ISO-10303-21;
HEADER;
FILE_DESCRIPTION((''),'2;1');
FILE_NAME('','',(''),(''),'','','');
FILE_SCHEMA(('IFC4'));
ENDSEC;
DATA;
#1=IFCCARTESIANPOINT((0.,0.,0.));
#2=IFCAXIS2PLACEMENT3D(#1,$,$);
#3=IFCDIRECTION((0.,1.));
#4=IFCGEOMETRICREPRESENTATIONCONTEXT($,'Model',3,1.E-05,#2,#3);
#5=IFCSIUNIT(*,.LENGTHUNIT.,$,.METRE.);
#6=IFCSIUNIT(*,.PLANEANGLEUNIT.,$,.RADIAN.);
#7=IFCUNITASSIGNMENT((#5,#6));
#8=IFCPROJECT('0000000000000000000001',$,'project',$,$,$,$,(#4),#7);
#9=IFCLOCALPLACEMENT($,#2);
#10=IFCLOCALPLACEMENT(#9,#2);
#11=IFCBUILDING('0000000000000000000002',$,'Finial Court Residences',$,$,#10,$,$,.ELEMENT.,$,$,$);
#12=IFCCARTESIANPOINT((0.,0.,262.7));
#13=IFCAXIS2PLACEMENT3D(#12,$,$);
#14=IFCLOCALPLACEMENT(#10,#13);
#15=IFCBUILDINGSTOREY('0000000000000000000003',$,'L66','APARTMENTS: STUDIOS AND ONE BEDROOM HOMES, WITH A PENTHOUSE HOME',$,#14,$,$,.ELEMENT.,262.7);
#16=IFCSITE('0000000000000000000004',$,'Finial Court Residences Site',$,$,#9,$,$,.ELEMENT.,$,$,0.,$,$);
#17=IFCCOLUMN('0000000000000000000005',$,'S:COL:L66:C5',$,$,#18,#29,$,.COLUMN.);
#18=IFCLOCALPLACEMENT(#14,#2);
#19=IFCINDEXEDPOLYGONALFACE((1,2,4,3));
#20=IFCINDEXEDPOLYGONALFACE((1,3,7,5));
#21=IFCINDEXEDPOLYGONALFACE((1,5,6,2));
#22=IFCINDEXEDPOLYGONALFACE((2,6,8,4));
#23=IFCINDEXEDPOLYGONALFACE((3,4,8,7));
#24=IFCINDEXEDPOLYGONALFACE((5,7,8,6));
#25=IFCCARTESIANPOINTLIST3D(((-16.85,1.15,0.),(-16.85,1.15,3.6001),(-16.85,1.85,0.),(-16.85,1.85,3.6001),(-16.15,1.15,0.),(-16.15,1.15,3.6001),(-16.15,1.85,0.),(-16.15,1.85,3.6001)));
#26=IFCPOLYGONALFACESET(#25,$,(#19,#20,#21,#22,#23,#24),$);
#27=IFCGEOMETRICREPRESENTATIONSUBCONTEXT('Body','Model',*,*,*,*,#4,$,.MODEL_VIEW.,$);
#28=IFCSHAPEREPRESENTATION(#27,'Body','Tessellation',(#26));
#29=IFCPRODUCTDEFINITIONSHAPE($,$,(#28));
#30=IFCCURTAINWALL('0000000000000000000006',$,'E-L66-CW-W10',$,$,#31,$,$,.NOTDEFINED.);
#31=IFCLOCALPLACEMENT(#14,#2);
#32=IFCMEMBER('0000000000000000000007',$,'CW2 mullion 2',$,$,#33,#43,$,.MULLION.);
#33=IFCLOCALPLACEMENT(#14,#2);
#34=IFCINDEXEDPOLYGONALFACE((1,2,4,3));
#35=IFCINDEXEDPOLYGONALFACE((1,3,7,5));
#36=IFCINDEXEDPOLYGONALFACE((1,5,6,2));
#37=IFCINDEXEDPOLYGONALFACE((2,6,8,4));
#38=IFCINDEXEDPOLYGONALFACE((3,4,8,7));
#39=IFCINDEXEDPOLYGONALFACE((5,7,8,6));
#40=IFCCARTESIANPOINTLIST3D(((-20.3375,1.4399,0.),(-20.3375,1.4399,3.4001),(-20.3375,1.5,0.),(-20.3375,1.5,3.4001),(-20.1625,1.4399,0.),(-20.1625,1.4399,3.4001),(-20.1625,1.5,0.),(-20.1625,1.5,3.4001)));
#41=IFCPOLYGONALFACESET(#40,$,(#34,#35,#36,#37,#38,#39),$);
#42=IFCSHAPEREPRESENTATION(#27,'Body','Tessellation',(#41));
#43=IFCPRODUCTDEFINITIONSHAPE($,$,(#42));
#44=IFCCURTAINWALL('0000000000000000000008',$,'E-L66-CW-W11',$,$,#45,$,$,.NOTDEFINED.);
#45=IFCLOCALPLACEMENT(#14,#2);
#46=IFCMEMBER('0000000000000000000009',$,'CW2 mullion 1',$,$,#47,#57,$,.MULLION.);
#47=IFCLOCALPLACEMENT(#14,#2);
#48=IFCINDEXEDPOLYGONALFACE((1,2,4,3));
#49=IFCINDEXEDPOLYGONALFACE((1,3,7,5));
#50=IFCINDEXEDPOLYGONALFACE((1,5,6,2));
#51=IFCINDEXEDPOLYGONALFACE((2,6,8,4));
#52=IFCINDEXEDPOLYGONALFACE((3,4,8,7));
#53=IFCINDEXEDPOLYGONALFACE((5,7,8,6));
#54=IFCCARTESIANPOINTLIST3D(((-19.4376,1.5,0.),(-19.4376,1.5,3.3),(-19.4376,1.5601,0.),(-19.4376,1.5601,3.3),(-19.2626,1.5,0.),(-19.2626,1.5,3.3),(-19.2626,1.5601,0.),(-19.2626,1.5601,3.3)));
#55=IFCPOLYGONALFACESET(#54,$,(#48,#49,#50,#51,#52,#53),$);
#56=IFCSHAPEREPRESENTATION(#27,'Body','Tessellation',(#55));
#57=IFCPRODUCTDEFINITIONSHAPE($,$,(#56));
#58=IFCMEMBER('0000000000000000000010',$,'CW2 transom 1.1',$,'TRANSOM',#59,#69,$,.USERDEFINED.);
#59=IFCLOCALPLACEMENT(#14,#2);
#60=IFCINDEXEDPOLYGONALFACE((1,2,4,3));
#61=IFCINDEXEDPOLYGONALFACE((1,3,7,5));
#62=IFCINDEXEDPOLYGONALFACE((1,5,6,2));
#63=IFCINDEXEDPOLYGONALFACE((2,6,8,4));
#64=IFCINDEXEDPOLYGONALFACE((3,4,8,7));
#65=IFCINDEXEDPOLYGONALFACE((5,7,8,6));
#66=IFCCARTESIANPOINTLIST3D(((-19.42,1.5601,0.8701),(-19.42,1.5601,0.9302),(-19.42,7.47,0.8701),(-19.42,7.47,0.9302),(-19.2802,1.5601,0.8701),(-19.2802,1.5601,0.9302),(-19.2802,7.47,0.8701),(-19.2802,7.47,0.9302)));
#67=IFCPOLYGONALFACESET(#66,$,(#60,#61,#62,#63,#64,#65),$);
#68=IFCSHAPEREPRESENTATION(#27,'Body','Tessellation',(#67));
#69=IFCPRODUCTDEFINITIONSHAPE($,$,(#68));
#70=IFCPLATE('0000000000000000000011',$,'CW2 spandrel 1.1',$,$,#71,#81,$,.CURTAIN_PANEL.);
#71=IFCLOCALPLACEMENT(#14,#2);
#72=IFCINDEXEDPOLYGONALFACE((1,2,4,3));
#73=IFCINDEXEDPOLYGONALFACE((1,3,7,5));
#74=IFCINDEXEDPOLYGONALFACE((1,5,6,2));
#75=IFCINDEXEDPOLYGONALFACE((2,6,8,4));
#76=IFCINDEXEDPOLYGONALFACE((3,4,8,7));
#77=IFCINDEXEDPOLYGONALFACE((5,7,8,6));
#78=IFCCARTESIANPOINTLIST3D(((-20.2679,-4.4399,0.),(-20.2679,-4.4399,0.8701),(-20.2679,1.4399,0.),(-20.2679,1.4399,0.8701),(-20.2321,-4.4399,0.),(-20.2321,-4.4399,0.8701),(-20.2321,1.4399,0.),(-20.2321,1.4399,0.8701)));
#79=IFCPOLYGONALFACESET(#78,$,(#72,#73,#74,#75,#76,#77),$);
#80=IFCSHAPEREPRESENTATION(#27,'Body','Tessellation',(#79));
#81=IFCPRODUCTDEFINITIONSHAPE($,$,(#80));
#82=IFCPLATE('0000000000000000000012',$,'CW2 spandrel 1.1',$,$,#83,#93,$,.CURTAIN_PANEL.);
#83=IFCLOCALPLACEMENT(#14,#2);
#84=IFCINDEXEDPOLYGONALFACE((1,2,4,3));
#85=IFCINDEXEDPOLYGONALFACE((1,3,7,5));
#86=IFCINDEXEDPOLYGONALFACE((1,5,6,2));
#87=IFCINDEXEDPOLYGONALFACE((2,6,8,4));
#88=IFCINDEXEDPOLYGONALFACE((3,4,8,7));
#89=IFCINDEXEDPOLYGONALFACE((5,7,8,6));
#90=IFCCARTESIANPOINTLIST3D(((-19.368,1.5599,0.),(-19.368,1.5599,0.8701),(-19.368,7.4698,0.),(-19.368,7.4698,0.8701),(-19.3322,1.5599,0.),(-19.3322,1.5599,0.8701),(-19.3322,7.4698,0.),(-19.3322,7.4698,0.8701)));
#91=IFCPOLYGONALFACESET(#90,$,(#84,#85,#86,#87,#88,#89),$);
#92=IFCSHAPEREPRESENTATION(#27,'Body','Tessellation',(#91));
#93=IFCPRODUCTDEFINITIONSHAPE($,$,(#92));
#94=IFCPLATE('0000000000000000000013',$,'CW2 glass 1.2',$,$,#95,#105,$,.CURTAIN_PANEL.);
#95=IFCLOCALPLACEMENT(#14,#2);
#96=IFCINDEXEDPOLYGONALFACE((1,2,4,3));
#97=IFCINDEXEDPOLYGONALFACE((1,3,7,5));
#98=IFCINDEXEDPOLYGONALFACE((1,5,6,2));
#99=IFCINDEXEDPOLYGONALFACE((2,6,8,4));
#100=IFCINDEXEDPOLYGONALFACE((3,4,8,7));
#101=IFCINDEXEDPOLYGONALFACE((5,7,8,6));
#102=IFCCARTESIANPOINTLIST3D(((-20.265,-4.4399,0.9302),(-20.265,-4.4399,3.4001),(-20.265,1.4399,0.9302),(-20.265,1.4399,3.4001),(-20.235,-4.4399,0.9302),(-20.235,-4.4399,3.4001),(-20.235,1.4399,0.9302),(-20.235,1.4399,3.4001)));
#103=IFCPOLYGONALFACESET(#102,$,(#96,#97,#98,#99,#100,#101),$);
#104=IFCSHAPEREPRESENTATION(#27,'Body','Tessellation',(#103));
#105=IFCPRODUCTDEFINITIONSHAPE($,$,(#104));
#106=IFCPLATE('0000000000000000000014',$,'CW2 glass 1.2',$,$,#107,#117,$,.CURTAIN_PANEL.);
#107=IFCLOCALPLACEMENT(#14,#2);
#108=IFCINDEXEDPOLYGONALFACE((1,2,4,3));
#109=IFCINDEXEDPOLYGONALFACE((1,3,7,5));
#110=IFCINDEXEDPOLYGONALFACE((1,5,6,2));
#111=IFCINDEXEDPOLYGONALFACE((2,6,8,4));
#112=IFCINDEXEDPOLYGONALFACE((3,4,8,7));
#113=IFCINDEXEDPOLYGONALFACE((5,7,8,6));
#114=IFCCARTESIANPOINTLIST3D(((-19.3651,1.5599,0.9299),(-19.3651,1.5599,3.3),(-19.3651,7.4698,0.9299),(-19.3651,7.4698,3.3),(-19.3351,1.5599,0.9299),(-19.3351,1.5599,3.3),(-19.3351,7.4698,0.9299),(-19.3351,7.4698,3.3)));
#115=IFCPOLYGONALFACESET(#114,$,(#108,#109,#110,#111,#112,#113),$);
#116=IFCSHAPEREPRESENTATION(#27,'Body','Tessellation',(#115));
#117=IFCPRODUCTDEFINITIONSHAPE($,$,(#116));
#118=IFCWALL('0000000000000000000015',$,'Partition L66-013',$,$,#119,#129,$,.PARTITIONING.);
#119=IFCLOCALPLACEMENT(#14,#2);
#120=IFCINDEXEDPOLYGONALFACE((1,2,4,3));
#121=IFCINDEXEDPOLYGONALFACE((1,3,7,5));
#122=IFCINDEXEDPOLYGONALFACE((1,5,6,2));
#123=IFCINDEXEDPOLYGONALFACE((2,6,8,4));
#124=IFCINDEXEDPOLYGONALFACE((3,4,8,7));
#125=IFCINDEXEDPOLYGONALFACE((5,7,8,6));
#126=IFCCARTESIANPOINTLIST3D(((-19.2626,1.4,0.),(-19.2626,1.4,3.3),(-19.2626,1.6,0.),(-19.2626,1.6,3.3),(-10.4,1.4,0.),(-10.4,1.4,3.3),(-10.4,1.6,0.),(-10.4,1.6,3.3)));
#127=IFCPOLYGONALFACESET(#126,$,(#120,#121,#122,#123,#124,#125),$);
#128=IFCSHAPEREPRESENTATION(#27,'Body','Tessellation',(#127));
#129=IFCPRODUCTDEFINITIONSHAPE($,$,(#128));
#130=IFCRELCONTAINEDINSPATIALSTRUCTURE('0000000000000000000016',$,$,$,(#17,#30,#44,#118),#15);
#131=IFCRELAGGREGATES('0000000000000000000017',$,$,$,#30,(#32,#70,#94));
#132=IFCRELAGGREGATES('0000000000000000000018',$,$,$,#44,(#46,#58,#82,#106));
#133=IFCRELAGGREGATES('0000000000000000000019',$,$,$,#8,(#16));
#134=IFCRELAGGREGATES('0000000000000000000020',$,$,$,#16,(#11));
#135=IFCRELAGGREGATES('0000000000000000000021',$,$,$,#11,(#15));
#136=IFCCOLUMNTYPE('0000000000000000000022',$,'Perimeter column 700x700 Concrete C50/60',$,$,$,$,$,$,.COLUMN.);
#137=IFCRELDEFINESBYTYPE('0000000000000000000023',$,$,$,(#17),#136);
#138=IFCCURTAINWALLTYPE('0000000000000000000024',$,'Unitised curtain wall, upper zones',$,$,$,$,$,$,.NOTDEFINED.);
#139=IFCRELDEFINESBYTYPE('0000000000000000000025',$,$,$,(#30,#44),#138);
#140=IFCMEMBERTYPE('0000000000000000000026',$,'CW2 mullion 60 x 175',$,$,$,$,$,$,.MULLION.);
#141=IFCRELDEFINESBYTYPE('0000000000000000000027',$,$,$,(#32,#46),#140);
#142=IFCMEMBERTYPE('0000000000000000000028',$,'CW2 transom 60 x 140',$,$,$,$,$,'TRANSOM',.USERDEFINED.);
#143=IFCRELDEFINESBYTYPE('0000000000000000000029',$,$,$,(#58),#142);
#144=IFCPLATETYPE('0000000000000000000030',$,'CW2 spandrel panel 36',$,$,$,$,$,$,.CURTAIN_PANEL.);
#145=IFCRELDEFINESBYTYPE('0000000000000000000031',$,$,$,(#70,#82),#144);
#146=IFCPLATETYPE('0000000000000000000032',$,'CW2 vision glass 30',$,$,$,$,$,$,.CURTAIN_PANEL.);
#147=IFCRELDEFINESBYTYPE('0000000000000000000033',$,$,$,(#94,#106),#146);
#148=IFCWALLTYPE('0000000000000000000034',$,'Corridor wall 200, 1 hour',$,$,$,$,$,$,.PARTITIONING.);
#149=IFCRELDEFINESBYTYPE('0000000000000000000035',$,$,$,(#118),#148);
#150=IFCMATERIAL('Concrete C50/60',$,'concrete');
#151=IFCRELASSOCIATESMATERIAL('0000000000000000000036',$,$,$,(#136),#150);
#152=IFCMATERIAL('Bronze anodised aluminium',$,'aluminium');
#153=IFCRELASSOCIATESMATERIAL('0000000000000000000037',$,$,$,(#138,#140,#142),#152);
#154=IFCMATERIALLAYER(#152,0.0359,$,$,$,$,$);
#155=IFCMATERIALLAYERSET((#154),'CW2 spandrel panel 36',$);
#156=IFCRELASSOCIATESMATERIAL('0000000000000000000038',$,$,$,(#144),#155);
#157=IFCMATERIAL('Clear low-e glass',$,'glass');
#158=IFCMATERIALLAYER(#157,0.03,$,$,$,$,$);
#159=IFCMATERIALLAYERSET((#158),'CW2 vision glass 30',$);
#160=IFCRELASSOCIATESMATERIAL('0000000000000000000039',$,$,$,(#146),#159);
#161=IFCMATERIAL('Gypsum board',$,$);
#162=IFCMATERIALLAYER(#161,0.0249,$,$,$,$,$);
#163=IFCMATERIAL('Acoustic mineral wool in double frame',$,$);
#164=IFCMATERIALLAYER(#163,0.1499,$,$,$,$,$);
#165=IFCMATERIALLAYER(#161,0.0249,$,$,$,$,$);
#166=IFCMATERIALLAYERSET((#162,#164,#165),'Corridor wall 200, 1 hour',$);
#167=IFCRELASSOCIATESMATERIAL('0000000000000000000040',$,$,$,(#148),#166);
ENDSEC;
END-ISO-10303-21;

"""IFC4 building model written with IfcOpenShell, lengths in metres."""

from ifc_helpers import new_model, si_unit, direction, frame, frame_2d, origin, origin_2d, place, context, subcontext, project, spatial, rectangle, extrude, material, layer, layer_set, material_profile, profile_set, type_object, element, aggregate, save


model = new_model("IFC4")

# Units and contexts
model_context = context("Model", 3, precision=1e-05, world=origin(), true_north=direction((0.0, 1.0)))
body_context = subcontext(model_context, "Body", "Model", "MODEL_VIEW")
ifc_project = project(units=[si_unit("LENGTHUNIT", "METRE"), si_unit("PLANEANGLEUNIT", "RADIAN")], contexts=[model_context])

# Site, building, storey
site_placement = place(None, origin())
site = spatial("IfcSite", under=ifc_project, at=site_placement, Name="Finial Court Residences Site", CompositionType="ELEMENT", RefElevation=0.0)
building_placement = place(site_placement, origin())
building = spatial("IfcBuilding", under=site, at=building_placement, Name="Finial Court Residences", CompositionType="ELEMENT")
storey_placement = place(building_placement, frame((0.0, 0.0, 262.7)))
storey = spatial("IfcBuildingStorey", under=building, at=storey_placement, Name="L66", Description="APARTMENTS: STUDIOS AND ONE BEDROOM HOMES, WITH A PENTHOUSE HOME", CompositionType="ELEMENT", Elevation=262.7)

# Column
ifc_material_1 = material(Name="Concrete C50/60", Category="concrete")
ifc_material_profile_1 = material_profile(ifc_material_1, rectangle(XDim=0.7, YDim=0.7, at=origin_2d()), Name="700x700")
ifc_profile_set_1 = profile_set([ifc_material_profile_1], Name="Concrete C50/60")
column_type = type_object("IfcColumnType", Name="Perimeter column 700x700 Concrete C50/60", PredefinedType="COLUMN", material=ifc_profile_set_1)
column_placement = place(storey_placement, frame((-16.5, 1.5, 0.0), z_axis=(0.0, 0.0, 1.0), x_axis=(1.0, 0.0, 0.0)))
element("IfcColumn", 1, at=column_placement, inside=storey, type_object=column_type, Name="S:COL:L66:C5", PredefinedType="COLUMN", context=body_context, shape_type="SweptSolid", body=[
    extrude(rectangle(XDim=0.7, YDim=0.7, at=origin_2d()), origin(), (0.0, 0.0, 1.0), 3.6001),
])

# Curtain wall, member
ifc_material_2 = material(Name="Bronze anodised aluminium", Category="aluminium")
curtain_wall_type = type_object("IfcCurtainWallType", Name="Unitised curtain wall, upper zones", PredefinedType="NOTDEFINED", material=ifc_material_2)
curtain_wall_1_placement = place(storey_placement, origin())
curtain_wall_1 = element("IfcCurtainWall", 2, at=curtain_wall_1_placement, inside=storey, type_object=curtain_wall_type, Name="E-L66-CW-W10", PredefinedType="NOTDEFINED")
ifc_material_profile_2 = material_profile(ifc_material_2, rectangle(XDim=0.175, YDim=0.0601, at=origin_2d()), Name="CW2 mullion 60 x 175")
ifc_profile_set_2 = profile_set([ifc_material_profile_2], Name="Bronze anodised aluminium")
member_type_1 = type_object("IfcMemberType", Name="CW2 mullion 60 x 175", PredefinedType="MULLION", material=ifc_profile_set_2)
member_1_placement = place(storey_placement, frame((-20.25, 1.47, 0.0), z_axis=(0.0, 0.0, 1.0), x_axis=(-1.0, 0.0, 0.0)))
member_1 = element("IfcMember", 3, at=member_1_placement, type_object=member_type_1, Name="CW2 mullion 2", PredefinedType="MULLION", context=body_context, shape_type="SweptSolid", body=[
    extrude(rectangle(XDim=0.175, YDim=0.0601, at=origin_2d()), origin(), (0.0, 0.0, 1.0), 3.4001),
])

# Curtain wall, members
curtain_wall_2_placement = place(storey_placement, origin())
curtain_wall_2 = element("IfcCurtainWall", 4, at=curtain_wall_2_placement, inside=storey, type_object=curtain_wall_type, Name="E-L66-CW-W11", PredefinedType="NOTDEFINED")
member_2_placement = place(storey_placement, frame((-19.3501, 1.53, 0.0), z_axis=(0.0, 0.0, 1.0), x_axis=(-1.0, 0.0, 0.0)))
member_2 = element("IfcMember", 5, at=member_2_placement, type_object=member_type_1, Name="CW2 mullion 1", PredefinedType="MULLION", context=body_context, shape_type="SweptSolid", body=[
    extrude(rectangle(XDim=0.175, YDim=0.0601, at=origin_2d()), origin(), (0.0, 0.0, 1.0), 3.3),
])
ifc_material_profile_3 = material_profile(ifc_material_2, rectangle(XDim=0.1399, YDim=0.0601, at=origin_2d()), Name="CW2 transom 60 x 140")
ifc_profile_set_3 = profile_set([ifc_material_profile_3], Name="Bronze anodised aluminium")
member_type_2 = type_object("IfcMemberType", Name="CW2 transom 60 x 140", ElementType="TRANSOM", PredefinedType="USERDEFINED", material=ifc_profile_set_3)
member_3_placement = place(storey_placement, frame((-19.3501, 1.5601, 0.9001), z_axis=(0.0, 1.0, 0.0), x_axis=(-1.0, 0.0, 0.0)))
member_3 = element("IfcMember", 6, at=member_3_placement, type_object=member_type_2, Name="CW2 transom 1.1", ObjectType="TRANSOM", PredefinedType="USERDEFINED", context=body_context, shape_type="SweptSolid", body=[
    extrude(rectangle(XDim=0.1399, YDim=0.0601, at=origin_2d()), origin(), (0.0, 0.0, 1.0), 5.9099),
])

# Plates
ifc_layer_1 = layer(ifc_material_2, 0.0359)
ifc_layer_set_1 = layer_set([ifc_layer_1], Name="CW2 spandrel panel 36")
plate_type_1 = type_object("IfcPlateType", Name="CW2 spandrel panel 36", PredefinedType="CURTAIN_PANEL", material=ifc_layer_set_1)
plate_1_placement = place(storey_placement, frame((-20.25, -1.5, 0.0), z_axis=(0.0, 0.0, 1.0), x_axis=(0.0, 1.0, 0.0)))
plate_1 = element("IfcPlate", 7, at=plate_1_placement, type_object=plate_type_1, Name="CW2 spandrel 1.1", PredefinedType="CURTAIN_PANEL", context=body_context, shape_type="SweptSolid", body=[
    extrude(rectangle(XDim=5.8799, YDim=0.0359, at=origin_2d()), origin(), (0.0, 0.0, 1.0), 0.8701),
])
plate_2_placement = place(storey_placement, frame((-19.3501, 4.5149, 0.0), z_axis=(0.0, 0.0, 1.0), x_axis=(0.0, 1.0, 0.0)))
plate_2 = element("IfcPlate", 8, at=plate_2_placement, type_object=plate_type_1, Name="CW2 spandrel 1.1", PredefinedType="CURTAIN_PANEL", context=body_context, shape_type="SweptSolid", body=[
    extrude(rectangle(XDim=5.9099, YDim=0.0359, at=origin_2d()), origin(), (0.0, 0.0, 1.0), 0.8701),
])
ifc_material_3 = material(Name="Clear low-e glass", Category="glass")
ifc_layer_2 = layer(ifc_material_3, 0.03)
ifc_layer_set_2 = layer_set([ifc_layer_2], Name="CW2 vision glass 30")
plate_type_2 = type_object("IfcPlateType", Name="CW2 vision glass 30", PredefinedType="CURTAIN_PANEL", material=ifc_layer_set_2)
plate_3_placement = place(storey_placement, frame((-20.25, -1.5, 0.9302), z_axis=(0.0, 0.0, 1.0), x_axis=(0.0, 1.0, 0.0)))
plate_3 = element("IfcPlate", 9, at=plate_3_placement, type_object=plate_type_2, Name="CW2 glass 1.2", PredefinedType="CURTAIN_PANEL", context=body_context, shape_type="SweptSolid", body=[
    extrude(rectangle(XDim=5.8799, YDim=0.03, at=origin_2d()), origin(), (0.0, 0.0, 1.0), 2.47),
])
aggregate(curtain_wall_1, [member_1, plate_1, plate_3])
plate_4_placement = place(storey_placement, frame((-19.3501, 4.5149, 0.9299), z_axis=(0.0, 0.0, 1.0), x_axis=(0.0, 1.0, 0.0)))
plate_4 = element("IfcPlate", 10, at=plate_4_placement, type_object=plate_type_2, Name="CW2 glass 1.2", PredefinedType="CURTAIN_PANEL", context=body_context, shape_type="SweptSolid", body=[
    extrude(rectangle(XDim=5.9099, YDim=0.03, at=origin_2d()), origin(), (0.0, 0.0, 1.0), 2.3701),
])
aggregate(curtain_wall_2, [member_2, member_3, plate_2, plate_4])

# Wall
ifc_material_4 = material(Name="Gypsum board")
ifc_layer_3 = layer(ifc_material_4, 0.0249)
ifc_material_5 = material(Name="Acoustic mineral wool in double frame")
ifc_layer_4 = layer(ifc_material_5, 0.1499)
ifc_layer_5 = layer(ifc_material_4, 0.0249)
ifc_layer_set_3 = layer_set([ifc_layer_3, ifc_layer_4, ifc_layer_5], Name="Corridor wall 200, 1 hour")
wall_type_1 = type_object("IfcWallType", Name="Corridor wall 200, 1 hour", PredefinedType="PARTITIONING", material=ifc_layer_set_3)
wall_1_placement = place(storey_placement, frame((-19.2625, 1.5, 0.0), z_axis=(0.0, 0.0, 1.0), x_axis=(1.0, 0.0, 0.0)))
element("IfcWall", 11, at=wall_1_placement, inside=storey, type_object=wall_type_1, Name="Partition L66-013", PredefinedType="PARTITIONING", context=body_context, shape_type="SweptSolid", body=[
    extrude(rectangle(XDim=8.8625, YDim=0.2, at=frame_2d((4.4312, 0.0))), origin(), (0.0, 0.0, 1.0), 3.3),
])

save(model, "model.ifc")
